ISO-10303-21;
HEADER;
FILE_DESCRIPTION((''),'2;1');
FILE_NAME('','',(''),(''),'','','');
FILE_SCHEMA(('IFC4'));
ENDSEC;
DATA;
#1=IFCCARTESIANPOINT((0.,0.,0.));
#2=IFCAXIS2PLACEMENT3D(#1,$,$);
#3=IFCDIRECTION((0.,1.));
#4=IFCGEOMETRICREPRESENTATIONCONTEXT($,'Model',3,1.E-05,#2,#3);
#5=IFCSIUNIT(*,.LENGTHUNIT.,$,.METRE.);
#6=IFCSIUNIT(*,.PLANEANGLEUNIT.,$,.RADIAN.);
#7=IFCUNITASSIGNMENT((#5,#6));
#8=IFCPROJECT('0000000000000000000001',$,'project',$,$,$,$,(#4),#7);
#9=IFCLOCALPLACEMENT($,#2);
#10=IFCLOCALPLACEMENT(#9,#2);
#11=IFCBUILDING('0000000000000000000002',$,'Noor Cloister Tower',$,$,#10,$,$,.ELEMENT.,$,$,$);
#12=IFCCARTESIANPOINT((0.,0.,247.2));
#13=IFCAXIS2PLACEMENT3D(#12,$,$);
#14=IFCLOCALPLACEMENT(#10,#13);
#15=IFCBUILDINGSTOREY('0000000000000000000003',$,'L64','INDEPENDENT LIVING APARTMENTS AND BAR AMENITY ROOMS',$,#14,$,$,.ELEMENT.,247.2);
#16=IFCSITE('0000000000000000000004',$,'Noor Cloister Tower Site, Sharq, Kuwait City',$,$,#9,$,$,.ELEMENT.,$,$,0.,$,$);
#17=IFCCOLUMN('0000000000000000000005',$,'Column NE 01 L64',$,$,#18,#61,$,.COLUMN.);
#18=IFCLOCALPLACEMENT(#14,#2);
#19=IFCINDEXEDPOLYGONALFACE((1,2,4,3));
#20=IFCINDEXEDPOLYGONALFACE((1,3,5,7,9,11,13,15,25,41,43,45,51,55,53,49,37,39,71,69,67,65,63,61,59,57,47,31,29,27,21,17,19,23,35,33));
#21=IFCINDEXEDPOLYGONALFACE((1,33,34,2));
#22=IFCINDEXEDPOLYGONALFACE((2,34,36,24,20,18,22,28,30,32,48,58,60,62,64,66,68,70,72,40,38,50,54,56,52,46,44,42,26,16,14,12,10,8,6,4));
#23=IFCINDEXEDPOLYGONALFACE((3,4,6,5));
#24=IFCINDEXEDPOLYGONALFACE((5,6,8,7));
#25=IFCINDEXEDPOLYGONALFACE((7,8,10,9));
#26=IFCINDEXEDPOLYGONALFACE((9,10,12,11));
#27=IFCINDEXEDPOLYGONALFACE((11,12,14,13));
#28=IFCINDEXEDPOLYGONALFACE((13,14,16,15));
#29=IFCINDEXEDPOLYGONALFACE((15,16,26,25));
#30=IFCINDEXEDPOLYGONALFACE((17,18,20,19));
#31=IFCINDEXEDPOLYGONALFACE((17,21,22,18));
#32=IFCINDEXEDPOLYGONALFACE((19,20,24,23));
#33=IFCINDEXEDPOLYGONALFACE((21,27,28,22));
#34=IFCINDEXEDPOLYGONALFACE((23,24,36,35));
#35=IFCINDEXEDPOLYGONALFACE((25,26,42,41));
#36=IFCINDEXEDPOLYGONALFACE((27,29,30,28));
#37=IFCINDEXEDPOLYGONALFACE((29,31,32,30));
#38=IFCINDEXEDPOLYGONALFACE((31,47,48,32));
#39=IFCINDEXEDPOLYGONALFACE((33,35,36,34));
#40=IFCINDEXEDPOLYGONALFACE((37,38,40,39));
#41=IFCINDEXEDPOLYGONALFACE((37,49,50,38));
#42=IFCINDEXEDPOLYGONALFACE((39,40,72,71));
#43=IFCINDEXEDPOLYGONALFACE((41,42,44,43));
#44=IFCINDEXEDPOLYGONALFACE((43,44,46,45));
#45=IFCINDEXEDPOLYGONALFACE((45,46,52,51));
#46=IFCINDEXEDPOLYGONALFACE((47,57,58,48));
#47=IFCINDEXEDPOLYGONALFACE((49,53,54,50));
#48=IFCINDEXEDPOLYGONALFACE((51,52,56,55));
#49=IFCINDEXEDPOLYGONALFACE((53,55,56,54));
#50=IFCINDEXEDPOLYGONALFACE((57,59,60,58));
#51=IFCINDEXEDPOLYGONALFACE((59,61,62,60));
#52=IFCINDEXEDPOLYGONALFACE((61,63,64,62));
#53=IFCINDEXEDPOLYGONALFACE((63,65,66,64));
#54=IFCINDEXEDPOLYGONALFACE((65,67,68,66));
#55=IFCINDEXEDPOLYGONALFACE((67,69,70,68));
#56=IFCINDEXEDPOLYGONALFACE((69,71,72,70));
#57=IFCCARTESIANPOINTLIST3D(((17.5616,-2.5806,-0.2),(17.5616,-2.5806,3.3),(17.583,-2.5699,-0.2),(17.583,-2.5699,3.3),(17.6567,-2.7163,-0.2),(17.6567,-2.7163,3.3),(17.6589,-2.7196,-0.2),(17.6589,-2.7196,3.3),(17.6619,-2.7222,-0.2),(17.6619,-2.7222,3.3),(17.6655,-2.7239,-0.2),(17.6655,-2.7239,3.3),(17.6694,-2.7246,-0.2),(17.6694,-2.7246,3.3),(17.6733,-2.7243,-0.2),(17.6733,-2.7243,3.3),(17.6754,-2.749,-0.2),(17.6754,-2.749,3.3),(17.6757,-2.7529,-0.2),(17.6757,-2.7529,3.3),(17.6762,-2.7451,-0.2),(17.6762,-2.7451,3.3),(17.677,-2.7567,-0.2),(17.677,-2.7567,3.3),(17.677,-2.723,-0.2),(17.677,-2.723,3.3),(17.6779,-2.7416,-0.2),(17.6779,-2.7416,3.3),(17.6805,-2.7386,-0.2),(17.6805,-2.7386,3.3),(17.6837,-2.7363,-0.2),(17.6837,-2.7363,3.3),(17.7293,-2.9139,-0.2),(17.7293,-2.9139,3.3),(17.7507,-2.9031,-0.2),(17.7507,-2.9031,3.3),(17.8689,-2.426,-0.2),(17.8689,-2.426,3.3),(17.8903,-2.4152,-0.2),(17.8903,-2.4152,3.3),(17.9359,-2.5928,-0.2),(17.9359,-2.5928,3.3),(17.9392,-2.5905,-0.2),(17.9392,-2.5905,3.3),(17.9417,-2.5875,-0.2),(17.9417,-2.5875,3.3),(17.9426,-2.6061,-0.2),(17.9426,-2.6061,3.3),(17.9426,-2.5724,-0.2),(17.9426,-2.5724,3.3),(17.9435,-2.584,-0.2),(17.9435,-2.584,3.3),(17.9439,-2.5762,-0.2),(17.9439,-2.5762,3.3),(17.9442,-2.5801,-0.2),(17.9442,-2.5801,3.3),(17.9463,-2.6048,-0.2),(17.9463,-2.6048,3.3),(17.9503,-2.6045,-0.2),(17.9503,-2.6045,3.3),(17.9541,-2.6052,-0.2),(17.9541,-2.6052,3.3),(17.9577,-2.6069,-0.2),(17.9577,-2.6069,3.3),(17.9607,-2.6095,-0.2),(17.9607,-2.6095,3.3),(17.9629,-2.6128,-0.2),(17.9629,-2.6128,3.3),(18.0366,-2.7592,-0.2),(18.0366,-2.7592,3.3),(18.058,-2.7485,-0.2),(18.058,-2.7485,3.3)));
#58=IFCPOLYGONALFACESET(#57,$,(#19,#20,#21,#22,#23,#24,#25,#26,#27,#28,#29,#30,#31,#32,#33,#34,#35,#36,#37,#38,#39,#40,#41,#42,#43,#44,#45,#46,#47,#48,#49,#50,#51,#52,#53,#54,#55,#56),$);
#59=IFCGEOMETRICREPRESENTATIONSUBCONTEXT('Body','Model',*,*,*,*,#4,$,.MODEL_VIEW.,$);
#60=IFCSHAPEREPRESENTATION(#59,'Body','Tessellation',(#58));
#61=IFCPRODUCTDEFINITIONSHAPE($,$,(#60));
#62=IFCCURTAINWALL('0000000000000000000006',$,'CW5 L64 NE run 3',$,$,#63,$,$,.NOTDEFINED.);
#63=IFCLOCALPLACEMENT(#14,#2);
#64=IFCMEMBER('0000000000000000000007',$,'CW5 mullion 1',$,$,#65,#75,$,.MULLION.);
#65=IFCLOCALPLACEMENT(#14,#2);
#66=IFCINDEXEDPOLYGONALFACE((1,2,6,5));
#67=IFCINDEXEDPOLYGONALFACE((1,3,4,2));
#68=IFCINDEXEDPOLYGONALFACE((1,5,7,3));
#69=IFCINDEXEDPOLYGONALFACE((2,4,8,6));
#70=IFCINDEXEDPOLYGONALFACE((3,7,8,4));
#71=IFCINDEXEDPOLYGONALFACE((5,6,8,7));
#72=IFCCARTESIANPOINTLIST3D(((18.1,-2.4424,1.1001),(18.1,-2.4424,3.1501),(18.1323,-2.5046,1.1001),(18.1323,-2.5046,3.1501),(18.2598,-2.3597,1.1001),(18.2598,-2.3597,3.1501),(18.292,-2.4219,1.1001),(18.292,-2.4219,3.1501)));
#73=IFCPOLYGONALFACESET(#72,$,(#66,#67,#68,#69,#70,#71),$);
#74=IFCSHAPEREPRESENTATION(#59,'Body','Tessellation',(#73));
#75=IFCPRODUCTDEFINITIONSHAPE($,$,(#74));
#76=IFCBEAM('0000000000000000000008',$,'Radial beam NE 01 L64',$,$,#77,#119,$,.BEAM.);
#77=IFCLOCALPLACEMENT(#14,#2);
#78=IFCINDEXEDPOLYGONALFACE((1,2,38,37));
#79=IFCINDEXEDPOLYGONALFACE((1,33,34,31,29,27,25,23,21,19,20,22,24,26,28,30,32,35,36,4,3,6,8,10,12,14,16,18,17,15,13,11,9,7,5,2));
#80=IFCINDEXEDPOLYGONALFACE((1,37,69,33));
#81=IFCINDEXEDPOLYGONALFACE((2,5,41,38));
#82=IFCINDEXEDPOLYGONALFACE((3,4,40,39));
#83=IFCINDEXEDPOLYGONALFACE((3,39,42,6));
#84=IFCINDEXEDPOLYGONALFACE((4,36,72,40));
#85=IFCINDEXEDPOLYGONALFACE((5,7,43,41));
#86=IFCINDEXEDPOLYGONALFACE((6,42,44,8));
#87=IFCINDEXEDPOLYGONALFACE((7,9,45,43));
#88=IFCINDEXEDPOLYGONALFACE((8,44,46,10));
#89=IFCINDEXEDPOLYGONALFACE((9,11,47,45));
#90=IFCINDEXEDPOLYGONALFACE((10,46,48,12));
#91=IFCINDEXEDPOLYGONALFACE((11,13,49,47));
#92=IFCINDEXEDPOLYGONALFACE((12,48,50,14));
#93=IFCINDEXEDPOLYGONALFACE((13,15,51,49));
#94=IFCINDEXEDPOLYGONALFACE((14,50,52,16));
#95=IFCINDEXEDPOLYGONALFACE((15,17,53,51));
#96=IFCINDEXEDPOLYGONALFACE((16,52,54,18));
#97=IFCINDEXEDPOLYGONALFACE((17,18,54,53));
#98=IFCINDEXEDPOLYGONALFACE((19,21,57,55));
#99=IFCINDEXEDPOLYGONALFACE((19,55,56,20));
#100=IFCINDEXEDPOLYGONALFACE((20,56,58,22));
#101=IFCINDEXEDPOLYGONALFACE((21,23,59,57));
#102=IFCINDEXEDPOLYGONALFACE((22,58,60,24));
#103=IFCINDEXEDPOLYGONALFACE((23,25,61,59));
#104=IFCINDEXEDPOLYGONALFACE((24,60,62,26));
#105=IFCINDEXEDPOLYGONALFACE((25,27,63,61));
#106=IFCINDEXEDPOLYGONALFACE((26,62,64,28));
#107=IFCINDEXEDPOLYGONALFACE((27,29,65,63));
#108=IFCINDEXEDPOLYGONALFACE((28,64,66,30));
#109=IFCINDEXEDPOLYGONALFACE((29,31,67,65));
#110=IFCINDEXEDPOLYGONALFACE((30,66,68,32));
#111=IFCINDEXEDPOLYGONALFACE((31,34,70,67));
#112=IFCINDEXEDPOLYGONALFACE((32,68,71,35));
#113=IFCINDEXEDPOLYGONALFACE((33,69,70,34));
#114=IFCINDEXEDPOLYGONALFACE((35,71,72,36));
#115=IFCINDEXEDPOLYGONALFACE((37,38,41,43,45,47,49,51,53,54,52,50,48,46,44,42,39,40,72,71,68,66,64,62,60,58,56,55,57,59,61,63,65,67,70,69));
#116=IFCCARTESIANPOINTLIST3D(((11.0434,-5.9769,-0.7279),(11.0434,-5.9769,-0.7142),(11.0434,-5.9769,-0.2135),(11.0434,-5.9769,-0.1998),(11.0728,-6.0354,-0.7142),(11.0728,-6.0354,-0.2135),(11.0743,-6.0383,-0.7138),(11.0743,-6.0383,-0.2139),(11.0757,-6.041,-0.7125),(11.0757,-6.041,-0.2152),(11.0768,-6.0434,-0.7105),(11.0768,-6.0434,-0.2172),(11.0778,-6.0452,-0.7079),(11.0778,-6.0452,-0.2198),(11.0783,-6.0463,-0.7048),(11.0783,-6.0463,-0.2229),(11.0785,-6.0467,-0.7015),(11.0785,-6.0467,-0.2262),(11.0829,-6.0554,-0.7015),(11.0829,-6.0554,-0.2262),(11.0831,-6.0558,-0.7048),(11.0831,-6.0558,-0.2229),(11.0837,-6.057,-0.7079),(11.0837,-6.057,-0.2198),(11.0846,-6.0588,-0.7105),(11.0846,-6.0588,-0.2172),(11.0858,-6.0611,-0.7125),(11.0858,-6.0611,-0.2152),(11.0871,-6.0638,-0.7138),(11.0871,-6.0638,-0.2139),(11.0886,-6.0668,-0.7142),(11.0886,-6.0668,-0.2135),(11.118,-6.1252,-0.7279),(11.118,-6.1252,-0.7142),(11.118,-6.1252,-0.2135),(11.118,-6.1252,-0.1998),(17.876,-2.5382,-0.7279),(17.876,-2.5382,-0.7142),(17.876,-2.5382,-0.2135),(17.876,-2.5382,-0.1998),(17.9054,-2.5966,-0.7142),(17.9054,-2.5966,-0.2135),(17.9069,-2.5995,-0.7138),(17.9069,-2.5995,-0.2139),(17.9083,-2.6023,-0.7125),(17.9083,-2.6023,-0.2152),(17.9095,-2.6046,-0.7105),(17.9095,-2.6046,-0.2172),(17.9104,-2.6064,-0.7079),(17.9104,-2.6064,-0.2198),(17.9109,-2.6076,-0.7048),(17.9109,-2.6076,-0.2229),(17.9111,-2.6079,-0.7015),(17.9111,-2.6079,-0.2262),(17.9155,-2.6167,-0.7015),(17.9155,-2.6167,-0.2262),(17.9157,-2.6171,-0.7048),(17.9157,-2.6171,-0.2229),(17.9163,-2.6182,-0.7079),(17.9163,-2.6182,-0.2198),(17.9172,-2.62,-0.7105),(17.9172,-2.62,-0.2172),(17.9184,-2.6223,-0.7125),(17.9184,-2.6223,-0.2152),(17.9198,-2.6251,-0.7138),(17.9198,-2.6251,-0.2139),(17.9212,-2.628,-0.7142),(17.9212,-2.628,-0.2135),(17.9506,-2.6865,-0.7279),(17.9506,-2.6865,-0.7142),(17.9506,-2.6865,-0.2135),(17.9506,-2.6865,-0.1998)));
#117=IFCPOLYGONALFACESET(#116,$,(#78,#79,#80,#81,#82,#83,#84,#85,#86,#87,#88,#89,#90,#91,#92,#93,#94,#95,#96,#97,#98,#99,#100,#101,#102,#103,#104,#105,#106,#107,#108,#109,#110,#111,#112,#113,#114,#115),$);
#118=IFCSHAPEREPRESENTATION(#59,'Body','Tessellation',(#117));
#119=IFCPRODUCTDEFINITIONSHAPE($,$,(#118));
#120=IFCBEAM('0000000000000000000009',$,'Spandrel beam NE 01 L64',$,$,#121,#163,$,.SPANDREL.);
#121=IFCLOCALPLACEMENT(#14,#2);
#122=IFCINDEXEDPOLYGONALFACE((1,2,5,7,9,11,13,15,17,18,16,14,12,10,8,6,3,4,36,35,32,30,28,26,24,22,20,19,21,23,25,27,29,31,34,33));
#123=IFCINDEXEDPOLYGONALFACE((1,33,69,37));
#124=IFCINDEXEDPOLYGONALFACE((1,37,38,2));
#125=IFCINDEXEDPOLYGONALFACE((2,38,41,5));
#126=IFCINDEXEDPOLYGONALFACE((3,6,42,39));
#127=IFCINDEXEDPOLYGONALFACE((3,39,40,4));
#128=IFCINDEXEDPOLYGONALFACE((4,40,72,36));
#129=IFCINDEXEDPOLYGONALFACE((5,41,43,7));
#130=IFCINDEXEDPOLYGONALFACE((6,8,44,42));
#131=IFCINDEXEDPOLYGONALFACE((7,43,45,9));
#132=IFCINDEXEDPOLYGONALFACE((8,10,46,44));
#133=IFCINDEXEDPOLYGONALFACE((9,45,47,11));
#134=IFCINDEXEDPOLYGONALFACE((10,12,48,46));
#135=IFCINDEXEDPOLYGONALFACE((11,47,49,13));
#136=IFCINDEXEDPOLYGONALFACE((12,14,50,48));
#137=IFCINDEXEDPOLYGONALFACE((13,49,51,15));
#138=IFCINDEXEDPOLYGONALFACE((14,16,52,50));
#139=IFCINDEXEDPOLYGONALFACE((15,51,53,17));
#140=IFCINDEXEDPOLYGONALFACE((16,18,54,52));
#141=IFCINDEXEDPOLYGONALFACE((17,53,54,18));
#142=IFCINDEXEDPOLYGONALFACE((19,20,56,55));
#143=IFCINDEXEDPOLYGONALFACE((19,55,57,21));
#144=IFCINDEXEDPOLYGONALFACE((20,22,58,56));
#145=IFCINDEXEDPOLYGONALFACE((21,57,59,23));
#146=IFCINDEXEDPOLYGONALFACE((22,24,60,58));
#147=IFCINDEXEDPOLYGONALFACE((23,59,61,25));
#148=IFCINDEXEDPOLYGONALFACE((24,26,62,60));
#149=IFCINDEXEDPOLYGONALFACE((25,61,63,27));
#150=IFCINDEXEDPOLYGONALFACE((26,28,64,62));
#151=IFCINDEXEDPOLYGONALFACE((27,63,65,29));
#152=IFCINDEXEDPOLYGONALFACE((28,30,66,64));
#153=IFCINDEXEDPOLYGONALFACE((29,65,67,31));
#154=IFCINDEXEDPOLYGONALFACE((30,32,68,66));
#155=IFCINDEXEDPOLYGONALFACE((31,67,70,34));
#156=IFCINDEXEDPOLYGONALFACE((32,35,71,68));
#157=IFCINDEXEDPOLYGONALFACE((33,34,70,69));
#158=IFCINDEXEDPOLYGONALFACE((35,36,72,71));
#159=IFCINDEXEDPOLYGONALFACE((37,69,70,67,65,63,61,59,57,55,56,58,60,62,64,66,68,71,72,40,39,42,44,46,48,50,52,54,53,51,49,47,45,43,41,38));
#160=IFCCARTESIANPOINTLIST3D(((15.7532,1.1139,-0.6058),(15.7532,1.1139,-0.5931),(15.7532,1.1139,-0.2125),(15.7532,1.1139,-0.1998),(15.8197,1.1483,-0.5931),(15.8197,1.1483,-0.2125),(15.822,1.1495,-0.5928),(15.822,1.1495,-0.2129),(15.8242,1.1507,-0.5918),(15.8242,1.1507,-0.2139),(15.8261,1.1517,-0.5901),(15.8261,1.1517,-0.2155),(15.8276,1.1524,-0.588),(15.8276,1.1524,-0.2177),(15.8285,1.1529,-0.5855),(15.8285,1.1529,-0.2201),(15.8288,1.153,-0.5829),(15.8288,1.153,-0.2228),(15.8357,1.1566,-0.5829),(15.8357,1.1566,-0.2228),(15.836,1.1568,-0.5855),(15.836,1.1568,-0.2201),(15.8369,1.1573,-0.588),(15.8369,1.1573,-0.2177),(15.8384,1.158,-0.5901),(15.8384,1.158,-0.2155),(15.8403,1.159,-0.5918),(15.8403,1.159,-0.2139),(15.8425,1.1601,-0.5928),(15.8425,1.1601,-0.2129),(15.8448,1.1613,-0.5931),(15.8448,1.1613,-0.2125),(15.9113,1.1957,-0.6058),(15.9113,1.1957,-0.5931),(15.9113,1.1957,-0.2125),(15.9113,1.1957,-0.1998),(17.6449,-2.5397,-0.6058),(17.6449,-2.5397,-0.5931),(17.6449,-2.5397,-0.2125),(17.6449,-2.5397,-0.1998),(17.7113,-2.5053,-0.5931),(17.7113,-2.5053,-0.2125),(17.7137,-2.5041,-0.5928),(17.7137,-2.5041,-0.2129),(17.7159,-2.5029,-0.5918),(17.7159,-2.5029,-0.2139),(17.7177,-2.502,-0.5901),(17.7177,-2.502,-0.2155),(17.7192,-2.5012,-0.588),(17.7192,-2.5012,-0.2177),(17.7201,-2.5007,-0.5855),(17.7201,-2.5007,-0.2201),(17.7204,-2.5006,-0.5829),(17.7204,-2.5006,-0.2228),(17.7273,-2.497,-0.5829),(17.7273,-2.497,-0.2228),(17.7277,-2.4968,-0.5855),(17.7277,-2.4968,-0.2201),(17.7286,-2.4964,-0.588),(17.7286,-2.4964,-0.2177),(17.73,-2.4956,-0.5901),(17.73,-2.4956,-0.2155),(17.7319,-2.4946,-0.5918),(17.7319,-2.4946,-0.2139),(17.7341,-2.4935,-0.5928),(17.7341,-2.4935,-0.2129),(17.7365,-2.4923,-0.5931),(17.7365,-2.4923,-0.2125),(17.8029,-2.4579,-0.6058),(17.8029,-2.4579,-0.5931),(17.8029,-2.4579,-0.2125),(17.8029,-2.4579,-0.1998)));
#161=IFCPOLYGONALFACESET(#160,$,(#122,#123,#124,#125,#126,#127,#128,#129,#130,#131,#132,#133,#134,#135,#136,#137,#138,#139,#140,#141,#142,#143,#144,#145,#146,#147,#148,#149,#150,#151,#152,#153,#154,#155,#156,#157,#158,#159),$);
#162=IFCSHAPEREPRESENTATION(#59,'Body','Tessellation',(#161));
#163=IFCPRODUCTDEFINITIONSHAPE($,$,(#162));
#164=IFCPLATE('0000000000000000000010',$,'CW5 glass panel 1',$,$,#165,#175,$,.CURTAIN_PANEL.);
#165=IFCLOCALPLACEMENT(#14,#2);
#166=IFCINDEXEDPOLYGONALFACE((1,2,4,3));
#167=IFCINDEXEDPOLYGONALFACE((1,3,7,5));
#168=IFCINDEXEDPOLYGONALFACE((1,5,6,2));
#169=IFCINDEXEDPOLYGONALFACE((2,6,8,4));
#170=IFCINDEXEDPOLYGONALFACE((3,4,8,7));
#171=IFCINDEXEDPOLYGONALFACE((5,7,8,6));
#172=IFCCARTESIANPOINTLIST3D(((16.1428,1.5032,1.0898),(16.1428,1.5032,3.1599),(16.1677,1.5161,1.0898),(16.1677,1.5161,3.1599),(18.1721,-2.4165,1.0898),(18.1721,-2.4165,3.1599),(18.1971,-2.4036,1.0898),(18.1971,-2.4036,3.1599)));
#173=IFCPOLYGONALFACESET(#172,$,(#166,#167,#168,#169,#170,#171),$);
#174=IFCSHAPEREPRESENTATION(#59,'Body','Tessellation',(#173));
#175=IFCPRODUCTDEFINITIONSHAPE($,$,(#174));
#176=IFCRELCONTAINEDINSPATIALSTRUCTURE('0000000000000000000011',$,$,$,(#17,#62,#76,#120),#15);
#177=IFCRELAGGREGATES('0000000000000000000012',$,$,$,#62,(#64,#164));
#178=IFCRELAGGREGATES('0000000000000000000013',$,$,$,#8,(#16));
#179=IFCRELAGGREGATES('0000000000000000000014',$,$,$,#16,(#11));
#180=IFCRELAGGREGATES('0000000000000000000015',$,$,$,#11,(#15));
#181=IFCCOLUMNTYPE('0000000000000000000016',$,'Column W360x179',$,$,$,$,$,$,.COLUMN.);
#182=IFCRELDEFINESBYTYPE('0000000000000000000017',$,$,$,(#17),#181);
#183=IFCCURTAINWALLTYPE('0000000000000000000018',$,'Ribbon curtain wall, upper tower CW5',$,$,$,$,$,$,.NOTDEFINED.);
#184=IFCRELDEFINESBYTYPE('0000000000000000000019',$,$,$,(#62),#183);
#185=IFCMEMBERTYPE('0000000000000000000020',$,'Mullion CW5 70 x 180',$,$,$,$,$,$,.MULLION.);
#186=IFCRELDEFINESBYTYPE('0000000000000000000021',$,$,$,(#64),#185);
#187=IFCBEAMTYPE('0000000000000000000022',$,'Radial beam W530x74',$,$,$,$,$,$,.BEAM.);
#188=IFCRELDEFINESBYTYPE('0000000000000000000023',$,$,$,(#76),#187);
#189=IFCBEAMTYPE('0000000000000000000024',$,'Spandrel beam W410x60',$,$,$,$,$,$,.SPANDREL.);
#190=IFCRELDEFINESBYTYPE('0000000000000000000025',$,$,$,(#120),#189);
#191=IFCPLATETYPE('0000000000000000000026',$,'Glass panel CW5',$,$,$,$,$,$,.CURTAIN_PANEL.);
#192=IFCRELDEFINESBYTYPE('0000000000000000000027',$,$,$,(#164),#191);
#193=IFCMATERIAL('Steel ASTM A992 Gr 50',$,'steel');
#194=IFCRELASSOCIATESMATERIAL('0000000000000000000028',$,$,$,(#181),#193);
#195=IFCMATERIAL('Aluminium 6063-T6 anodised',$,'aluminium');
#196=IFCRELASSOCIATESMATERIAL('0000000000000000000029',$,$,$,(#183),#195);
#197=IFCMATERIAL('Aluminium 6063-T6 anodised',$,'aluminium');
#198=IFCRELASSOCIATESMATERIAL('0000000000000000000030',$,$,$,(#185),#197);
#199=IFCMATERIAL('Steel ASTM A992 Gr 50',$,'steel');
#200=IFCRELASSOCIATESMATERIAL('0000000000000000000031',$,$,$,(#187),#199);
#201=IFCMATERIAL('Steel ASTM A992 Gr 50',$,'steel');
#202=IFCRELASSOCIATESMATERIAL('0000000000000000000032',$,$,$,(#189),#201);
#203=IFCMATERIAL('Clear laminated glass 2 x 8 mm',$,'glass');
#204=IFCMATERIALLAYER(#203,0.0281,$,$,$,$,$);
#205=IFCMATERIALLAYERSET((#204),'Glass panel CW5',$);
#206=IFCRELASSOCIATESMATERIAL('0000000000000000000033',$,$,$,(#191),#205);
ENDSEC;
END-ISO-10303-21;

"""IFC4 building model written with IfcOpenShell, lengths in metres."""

from ifc_helpers import new_model, si_unit, direction, frame, origin, origin_2d, place, context, subcontext, project, spatial, rectangle, i_section, extrude, material, layer, layer_set, material_profile, profile_set, type_object, element, aggregate, save


model = new_model("IFC4")

# Units and contexts
model_context = context("Model", 3, precision=1e-05, world=origin(), true_north=direction((0.0, 1.0)))
body_context = subcontext(model_context, "Body", "Model", "MODEL_VIEW")
ifc_project = project(units=[si_unit("LENGTHUNIT", "METRE"), si_unit("PLANEANGLEUNIT", "RADIAN")], contexts=[model_context])

# Site, building, storey
site_placement = place(None, origin())
site = spatial("IfcSite", under=ifc_project, at=site_placement, Name="Noor Cloister Tower Site, Sharq, Kuwait City", CompositionType="ELEMENT", RefElevation=0.0)
building_placement = place(site_placement, origin())
building = spatial("IfcBuilding", under=site, at=building_placement, Name="Noor Cloister Tower", CompositionType="ELEMENT")
storey_placement = place(building_placement, frame((0.0, 0.0, 247.2)))
storey = spatial("IfcBuildingStorey", under=building, at=storey_placement, Name="L64", Description="INDEPENDENT LIVING APARTMENTS AND BAR AMENITY ROOMS", CompositionType="ELEMENT", Elevation=247.2)

# Column
ifc_material_1 = material(Name="Steel ASTM A992 Gr 50", Category="steel")
ifc_material_profile_1 = material_profile(ifc_material_1, i_section(OverallWidth=0.373, OverallDepth=0.3679, WebThickness=0.0149, FlangeThickness=0.0239, FilletRadius=0.0151, at=origin_2d()), Name="W360x179")
ifc_profile_set_1 = profile_set([ifc_material_profile_1], Name="Steel ASTM A992 Gr 50")
column_type = type_object("IfcColumnType", Name="Column W360x179", PredefinedType="COLUMN", material=ifc_profile_set_1)
column_placement = place(storey_placement, frame((17.8098, -2.6646, -0.2), z_axis=(0.0, 0.0, 1.0), x_axis=(-0.449568, 0.893246, 0.0)))
element("IfcColumn", 1, at=column_placement, inside=storey, type_object=column_type, Name="Column NE 01 L64", PredefinedType="COLUMN", context=body_context, shape_type="SweptSolid", body=[
    extrude(i_section(OverallWidth=0.373, OverallDepth=0.3679, WebThickness=0.0149, FlangeThickness=0.0239, FilletRadius=0.0151, at=origin_2d()), origin(), (0.0, 0.0, 1.0), 3.5),
])

# Curtain wall, member
ifc_material_2 = material(Name="Aluminium 6063-T6 anodised", Category="aluminium")
curtain_wall_type = type_object("IfcCurtainWallType", Name="Ribbon curtain wall, upper tower CW5", PredefinedType="NOTDEFINED", material=ifc_material_2)
curtain_wall_placement = place(storey_placement, origin())
curtain_wall = element("IfcCurtainWall", 2, at=curtain_wall_placement, inside=storey, type_object=curtain_wall_type, Name="CW5 L64 NE run 3", PredefinedType="NOTDEFINED")
ifc_material_3 = material(Name="Aluminium 6063-T6 anodised", Category="aluminium")
ifc_material_profile_2 = material_profile(ifc_material_3, rectangle(XDim=0.1799, YDim=0.0701, at=origin_2d()), Name="180 x 70 mullion")
ifc_profile_set_2 = profile_set([ifc_material_profile_2], Name="Aluminium 6063-T6 anodised")
member_type = type_object("IfcMemberType", Name="Mullion CW5 70 x 180", PredefinedType="MULLION", material=ifc_profile_set_2)
member_placement = place(storey_placement, frame((18.196, -2.4321, 1.1001), z_axis=(0.0, 0.0, 1.0), x_axis=(-0.888034, -0.459778, 0.0)))
member = element("IfcMember", 3, at=member_placement, type_object=member_type, Name="CW5 mullion 1", PredefinedType="MULLION", context=body_context, shape_type="SweptSolid", body=[
    extrude(rectangle(XDim=0.1799, YDim=0.0701, at=origin_2d()), origin(), (0.0, 0.0, 1.0), 2.05),
])

# Beams
ifc_material_4 = material(Name="Steel ASTM A992 Gr 50", Category="steel")
ifc_material_profile_3 = material_profile(ifc_material_4, i_section(OverallWidth=0.166, OverallDepth=0.5281, WebThickness=0.0098, FlangeThickness=0.0137, FilletRadius=0.0127, at=origin_2d()), Name="W530x74")
ifc_profile_set_3 = profile_set([ifc_material_profile_3], Name="Steel ASTM A992 Gr 50")
beam_type_1 = type_object("IfcBeamType", Name="Radial beam W530x74", PredefinedType="BEAM", material=ifc_profile_set_3)
beam_1_placement = place(storey_placement, frame((17.9133, -2.6123, -0.4639), z_axis=(-0.89325, -0.449561, 0.0), x_axis=(0.449561, -0.89325, 0.0)))
element("IfcBeam", 4, at=beam_1_placement, inside=storey, type_object=beam_type_1, Name="Radial beam NE 01 L64", PredefinedType="BEAM", context=body_context, shape_type="SweptSolid", body=[
    extrude(i_section(OverallWidth=0.166, OverallDepth=0.5281, WebThickness=0.0098, FlangeThickness=0.0137, FilletRadius=0.0127, at=origin_2d()), origin(), (0.0, 0.0, 1.0), 7.6492),
])
ifc_material_5 = material(Name="Steel ASTM A992 Gr 50", Category="steel")
ifc_material_profile_4 = material_profile(ifc_material_5, i_section(OverallWidth=0.178, OverallDepth=0.406, WebThickness=0.0078, FlangeThickness=0.0127, FilletRadius=0.0103, at=origin_2d()), Name="W410x60")
ifc_profile_set_4 = profile_set([ifc_material_profile_4], Name="Steel ASTM A992 Gr 50")
beam_type_2 = type_object("IfcBeamType", Name="Spandrel beam W410x60", PredefinedType="SPANDREL", material=ifc_profile_set_4)
beam_2_placement = place(storey_placement, frame((17.7239, -2.4988, -0.4028), z_axis=(-0.459773, 0.888036, 0.0), x_axis=(-0.888036, -0.459773, 0.0)))
element("IfcBeam", 5, at=beam_2_placement, inside=storey, type_object=beam_type_2, Name="Spandrel beam NE 01 L64", PredefinedType="SPANDREL", context=body_context, shape_type="SweptSolid", body=[
    extrude(i_section(OverallWidth=0.178, OverallDepth=0.406, WebThickness=0.0078, FlangeThickness=0.0127, FilletRadius=0.0103, at=origin_2d()), origin(), (0.0, 0.0, 1.0), 4.1143),
])

# Plate
ifc_material_6 = material(Name="Clear laminated glass 2 x 8 mm", Category="glass")
ifc_layer_1 = layer(ifc_material_6, 0.0281)
ifc_layer_set_1 = layer_set([ifc_layer_1], Name="Glass panel CW5")
plate_type = type_object("IfcPlateType", Name="Glass panel CW5", PredefinedType="CURTAIN_PANEL", material=ifc_layer_set_1)
plate_placement = place(storey_placement, frame((17.1699, -0.4502, 1.0898), z_axis=(0.0, 0.0, 1.0), x_axis=(-0.459778, 0.888034, 0.0)))
plate = element("IfcPlate", 6, at=plate_placement, type_object=plate_type, Name="CW5 glass panel 1", PredefinedType="CURTAIN_PANEL", context=body_context, shape_type="SweptSolid", body=[
    extrude(rectangle(XDim=4.4138, YDim=0.0281, at=origin_2d()), origin(), (0.0, 0.0, 1.0), 2.0701),
])
aggregate(curtain_wall, [member, plate])

save(model, "model.ifc")
